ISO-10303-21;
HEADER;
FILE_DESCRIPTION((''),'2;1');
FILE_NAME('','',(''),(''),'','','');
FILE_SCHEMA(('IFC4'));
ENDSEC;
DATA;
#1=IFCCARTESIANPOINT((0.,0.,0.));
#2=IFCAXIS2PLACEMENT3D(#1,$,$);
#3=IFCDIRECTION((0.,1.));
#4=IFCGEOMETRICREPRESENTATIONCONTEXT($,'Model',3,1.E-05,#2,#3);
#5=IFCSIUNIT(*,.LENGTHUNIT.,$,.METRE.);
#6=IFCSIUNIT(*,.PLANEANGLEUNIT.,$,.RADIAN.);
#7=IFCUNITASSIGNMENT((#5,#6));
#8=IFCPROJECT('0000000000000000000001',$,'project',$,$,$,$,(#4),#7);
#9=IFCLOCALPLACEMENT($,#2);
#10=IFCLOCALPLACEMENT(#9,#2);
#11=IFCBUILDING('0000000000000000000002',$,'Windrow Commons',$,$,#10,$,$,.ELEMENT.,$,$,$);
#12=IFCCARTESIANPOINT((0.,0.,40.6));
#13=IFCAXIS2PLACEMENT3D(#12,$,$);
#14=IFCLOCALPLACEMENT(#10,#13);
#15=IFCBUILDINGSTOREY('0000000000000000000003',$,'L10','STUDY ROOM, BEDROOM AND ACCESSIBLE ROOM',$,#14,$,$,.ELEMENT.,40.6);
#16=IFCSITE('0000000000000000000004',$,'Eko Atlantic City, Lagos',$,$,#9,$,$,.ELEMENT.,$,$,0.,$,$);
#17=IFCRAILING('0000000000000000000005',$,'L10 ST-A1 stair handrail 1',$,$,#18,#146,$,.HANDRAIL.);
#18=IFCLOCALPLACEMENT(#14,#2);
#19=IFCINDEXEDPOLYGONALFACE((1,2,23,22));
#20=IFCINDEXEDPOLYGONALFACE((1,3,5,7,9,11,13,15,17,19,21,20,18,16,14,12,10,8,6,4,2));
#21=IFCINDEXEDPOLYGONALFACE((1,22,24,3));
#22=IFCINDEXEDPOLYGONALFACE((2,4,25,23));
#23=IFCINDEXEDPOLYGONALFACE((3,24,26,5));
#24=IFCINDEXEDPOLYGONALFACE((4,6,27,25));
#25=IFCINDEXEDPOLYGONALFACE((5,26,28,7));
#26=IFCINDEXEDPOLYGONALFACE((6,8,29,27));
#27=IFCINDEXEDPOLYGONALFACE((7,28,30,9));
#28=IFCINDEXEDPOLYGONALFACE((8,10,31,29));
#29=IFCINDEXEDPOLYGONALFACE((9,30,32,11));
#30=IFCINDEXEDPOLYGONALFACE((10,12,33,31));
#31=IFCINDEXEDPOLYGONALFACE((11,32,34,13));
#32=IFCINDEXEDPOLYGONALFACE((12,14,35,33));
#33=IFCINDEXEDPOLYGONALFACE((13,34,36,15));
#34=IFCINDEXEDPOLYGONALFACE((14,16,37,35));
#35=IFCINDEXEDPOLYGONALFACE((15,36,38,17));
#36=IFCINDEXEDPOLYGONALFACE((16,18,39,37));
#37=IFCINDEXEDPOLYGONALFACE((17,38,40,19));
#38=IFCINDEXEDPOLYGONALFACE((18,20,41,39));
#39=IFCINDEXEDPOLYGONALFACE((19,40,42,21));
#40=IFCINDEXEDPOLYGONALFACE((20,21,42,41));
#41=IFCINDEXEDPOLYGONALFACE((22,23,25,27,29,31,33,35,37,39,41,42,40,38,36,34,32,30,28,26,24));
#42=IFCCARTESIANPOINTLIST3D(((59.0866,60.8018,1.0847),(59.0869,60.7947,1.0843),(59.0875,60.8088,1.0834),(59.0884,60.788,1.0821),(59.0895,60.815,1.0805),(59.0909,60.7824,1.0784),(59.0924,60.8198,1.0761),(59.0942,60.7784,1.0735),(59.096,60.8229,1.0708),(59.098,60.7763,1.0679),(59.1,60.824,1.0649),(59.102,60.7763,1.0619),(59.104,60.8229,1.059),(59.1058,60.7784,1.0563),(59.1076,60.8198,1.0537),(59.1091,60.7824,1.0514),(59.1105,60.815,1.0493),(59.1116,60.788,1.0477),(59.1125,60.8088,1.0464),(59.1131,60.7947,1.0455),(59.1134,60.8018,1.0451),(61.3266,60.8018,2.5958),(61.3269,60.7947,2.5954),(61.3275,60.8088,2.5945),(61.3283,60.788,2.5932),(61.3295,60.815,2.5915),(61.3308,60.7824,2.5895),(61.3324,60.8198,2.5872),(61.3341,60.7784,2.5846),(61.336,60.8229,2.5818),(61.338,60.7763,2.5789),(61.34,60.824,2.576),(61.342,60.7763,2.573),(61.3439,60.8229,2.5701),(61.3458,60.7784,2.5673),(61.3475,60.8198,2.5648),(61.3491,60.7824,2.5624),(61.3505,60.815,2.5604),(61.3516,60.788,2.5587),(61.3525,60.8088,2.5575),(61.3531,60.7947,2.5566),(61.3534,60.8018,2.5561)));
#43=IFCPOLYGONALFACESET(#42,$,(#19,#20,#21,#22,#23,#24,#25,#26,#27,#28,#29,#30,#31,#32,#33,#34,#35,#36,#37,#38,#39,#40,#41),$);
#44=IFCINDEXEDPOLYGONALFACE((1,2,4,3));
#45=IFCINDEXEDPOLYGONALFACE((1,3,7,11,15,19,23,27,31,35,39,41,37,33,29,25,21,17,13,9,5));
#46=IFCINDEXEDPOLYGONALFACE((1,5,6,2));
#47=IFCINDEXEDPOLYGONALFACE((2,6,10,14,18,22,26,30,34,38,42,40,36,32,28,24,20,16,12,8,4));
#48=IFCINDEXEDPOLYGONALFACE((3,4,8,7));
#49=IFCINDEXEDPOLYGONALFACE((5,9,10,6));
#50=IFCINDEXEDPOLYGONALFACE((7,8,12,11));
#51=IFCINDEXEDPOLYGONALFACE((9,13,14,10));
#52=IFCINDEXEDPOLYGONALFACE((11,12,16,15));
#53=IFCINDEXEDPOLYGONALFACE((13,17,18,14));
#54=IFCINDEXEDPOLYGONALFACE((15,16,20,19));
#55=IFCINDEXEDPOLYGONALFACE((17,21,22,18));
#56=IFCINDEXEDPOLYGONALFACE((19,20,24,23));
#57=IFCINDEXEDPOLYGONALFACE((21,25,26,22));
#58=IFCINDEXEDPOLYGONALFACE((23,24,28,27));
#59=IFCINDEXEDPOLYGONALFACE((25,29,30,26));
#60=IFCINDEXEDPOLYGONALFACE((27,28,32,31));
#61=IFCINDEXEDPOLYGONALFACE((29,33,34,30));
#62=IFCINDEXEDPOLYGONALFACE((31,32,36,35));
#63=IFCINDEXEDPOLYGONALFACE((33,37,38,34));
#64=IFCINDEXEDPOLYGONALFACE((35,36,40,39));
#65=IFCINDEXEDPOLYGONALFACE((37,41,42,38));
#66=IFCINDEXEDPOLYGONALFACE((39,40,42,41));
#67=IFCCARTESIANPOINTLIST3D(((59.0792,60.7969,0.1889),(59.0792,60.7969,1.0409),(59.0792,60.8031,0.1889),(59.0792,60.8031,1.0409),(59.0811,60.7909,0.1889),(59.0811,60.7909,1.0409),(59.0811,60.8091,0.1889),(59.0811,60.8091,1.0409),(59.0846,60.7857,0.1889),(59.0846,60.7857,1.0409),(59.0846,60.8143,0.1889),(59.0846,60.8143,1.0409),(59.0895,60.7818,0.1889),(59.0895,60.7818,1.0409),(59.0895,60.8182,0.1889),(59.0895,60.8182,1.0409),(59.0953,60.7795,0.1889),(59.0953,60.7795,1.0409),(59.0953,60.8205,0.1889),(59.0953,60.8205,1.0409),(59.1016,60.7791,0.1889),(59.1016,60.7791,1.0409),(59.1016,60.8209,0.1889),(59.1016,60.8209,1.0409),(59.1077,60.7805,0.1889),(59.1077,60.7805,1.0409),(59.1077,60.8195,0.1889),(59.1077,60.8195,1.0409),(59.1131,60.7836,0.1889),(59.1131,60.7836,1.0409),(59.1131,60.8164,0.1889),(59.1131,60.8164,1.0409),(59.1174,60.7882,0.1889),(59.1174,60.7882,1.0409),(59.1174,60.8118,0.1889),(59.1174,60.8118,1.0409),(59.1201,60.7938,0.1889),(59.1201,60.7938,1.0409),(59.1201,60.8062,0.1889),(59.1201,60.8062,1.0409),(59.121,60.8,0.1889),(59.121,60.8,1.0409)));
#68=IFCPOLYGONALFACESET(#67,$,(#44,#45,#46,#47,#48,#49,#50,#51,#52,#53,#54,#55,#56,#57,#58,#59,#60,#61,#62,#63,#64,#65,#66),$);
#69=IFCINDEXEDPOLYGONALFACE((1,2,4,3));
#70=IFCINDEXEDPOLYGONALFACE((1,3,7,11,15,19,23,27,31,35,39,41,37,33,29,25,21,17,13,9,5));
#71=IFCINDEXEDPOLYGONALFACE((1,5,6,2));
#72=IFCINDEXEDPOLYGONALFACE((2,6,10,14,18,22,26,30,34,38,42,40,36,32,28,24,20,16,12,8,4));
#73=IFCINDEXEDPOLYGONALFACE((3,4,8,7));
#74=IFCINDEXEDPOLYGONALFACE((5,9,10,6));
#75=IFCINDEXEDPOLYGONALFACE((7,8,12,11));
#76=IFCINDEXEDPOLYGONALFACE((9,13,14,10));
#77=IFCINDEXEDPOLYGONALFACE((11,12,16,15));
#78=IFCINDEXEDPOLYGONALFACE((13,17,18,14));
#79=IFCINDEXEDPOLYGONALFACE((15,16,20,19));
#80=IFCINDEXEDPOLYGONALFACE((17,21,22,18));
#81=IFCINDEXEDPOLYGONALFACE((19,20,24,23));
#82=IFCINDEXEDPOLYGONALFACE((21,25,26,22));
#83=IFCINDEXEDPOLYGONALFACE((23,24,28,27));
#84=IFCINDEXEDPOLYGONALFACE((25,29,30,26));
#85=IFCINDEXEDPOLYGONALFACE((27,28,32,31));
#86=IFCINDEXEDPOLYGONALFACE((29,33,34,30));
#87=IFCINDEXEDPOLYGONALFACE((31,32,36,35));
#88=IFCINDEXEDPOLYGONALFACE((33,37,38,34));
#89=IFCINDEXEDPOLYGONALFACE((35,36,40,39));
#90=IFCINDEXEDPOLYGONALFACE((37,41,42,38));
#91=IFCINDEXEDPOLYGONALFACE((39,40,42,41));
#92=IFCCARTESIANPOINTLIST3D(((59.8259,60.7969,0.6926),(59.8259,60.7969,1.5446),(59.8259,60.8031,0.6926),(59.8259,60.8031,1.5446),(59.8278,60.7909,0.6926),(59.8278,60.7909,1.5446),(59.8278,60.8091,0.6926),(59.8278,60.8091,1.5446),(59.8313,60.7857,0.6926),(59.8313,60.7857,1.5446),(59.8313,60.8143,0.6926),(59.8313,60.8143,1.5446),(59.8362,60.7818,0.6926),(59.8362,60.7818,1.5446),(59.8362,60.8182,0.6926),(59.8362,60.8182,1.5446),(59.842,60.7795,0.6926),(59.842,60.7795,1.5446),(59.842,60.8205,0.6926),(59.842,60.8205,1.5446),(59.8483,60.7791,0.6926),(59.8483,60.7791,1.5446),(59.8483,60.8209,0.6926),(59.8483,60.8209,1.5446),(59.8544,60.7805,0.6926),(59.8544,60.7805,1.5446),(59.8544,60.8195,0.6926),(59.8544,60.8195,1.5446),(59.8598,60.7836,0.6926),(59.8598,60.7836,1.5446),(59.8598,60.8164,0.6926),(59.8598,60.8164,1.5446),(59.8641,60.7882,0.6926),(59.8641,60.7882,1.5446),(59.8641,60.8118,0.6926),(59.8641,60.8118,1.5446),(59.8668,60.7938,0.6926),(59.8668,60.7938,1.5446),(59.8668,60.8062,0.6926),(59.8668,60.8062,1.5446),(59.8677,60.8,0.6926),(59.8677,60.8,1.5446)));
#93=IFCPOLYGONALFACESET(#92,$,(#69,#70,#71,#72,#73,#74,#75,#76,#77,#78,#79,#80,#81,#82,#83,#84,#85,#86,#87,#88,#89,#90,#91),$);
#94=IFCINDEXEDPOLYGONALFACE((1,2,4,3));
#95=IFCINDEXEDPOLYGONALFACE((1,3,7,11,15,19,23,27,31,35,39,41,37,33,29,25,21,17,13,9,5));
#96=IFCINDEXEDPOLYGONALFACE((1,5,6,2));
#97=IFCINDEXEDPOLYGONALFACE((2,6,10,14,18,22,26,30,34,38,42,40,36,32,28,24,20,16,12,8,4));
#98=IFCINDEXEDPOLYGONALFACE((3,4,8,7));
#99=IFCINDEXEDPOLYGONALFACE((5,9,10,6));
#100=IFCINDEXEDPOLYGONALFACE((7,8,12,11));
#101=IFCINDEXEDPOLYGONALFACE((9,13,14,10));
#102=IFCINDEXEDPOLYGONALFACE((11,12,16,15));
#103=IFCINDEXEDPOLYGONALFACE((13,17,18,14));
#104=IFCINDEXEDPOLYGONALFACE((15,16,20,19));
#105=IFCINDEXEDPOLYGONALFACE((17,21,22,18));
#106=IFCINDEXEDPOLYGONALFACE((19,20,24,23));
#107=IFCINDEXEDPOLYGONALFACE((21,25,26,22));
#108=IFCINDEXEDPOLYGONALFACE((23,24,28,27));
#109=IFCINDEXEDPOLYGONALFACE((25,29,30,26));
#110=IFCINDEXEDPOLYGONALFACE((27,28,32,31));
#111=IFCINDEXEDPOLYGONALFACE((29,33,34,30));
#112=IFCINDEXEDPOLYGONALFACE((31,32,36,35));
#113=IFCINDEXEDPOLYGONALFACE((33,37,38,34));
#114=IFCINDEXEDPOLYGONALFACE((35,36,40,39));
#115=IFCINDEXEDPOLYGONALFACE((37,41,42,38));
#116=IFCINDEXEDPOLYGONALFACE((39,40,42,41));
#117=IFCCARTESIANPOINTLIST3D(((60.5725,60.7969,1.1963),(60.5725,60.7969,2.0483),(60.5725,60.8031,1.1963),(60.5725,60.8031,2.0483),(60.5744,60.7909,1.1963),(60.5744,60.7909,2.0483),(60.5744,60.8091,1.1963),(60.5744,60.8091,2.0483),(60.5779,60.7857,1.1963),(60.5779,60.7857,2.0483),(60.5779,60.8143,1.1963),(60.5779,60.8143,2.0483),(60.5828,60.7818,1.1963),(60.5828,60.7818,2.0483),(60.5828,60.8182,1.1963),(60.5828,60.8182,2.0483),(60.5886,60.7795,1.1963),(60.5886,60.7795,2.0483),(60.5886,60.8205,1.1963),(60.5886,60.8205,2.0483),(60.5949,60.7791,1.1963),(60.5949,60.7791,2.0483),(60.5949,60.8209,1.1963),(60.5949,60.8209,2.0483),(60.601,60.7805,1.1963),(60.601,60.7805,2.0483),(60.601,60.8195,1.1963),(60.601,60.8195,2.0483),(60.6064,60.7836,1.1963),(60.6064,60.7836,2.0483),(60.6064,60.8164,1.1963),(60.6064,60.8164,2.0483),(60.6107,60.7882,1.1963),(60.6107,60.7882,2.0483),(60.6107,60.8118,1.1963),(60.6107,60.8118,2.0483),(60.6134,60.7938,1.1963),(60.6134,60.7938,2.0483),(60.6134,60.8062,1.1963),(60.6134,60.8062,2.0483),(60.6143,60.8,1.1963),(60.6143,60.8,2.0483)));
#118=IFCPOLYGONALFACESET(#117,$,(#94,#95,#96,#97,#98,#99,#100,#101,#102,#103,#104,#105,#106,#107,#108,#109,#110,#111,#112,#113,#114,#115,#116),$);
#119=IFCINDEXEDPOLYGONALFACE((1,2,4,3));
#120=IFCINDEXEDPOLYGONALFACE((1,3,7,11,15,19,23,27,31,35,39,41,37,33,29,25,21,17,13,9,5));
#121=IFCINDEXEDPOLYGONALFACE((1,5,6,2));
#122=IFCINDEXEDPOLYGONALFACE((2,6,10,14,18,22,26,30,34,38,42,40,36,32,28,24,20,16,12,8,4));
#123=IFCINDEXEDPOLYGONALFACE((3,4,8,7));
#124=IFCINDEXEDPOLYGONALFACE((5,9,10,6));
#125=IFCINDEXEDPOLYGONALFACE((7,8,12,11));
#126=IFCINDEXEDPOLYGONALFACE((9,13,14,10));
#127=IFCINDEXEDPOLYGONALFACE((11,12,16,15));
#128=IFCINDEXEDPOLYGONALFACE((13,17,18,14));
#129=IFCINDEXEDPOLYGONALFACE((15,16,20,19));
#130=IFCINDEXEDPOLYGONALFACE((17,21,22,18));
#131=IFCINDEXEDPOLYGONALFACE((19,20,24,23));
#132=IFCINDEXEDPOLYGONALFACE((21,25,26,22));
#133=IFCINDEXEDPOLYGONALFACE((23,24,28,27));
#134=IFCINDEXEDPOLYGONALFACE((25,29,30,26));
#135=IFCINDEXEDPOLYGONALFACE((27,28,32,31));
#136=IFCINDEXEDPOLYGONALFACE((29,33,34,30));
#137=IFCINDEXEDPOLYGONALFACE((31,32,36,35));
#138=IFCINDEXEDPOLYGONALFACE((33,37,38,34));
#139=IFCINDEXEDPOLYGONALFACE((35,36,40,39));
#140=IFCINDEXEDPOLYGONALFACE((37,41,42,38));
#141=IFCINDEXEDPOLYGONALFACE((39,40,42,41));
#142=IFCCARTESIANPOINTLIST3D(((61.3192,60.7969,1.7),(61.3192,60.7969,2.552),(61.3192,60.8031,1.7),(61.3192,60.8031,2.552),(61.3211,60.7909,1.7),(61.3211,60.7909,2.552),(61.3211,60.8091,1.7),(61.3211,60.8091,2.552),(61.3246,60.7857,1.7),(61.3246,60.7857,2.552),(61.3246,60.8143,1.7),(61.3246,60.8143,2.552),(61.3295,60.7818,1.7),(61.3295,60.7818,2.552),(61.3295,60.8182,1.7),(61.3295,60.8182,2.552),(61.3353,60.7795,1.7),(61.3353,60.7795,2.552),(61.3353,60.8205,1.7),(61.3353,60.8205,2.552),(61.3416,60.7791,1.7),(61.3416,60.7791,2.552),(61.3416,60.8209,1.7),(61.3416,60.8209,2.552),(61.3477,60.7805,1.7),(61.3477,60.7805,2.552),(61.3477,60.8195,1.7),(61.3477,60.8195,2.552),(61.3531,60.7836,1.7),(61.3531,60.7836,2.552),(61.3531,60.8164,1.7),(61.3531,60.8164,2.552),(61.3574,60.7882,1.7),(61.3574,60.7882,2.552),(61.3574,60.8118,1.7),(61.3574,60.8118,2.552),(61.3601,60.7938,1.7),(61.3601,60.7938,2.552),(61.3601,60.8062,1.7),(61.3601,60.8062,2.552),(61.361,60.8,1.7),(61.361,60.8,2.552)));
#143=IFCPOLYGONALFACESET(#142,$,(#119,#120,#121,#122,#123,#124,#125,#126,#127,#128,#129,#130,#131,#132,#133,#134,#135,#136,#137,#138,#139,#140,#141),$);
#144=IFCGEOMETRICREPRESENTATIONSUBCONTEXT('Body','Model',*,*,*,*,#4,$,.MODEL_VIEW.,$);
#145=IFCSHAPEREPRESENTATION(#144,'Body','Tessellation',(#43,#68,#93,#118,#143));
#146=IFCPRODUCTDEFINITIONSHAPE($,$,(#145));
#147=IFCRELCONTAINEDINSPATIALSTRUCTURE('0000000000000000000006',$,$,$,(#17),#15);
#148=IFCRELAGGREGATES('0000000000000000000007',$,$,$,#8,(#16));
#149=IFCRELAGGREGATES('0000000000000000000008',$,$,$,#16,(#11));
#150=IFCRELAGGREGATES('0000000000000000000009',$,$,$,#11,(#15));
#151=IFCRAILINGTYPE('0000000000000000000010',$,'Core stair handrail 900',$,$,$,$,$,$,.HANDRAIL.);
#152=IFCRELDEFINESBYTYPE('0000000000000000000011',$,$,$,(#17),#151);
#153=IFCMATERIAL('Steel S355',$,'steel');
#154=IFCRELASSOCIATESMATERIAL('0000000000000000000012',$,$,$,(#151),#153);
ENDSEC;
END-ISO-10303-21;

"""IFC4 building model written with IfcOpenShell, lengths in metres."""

from ifc_helpers import new_model, si_unit, direction, frame, origin, origin_2d, place, context, subcontext, project, spatial, circle, extrude, material, type_object, element, save


model = new_model("IFC4")

# Units and contexts
model_context = context("Model", 3, precision=1e-05, world=origin(), true_north=direction((0.0, 1.0)))
body_context = subcontext(model_context, "Body", "Model", "MODEL_VIEW")
ifc_project = project(units=[si_unit("LENGTHUNIT", "METRE"), si_unit("PLANEANGLEUNIT", "RADIAN")], contexts=[model_context])

# Site, building, storey
site_placement = place(None, origin())
site = spatial("IfcSite", under=ifc_project, at=site_placement, Name="Eko Atlantic City, Lagos", CompositionType="ELEMENT", RefElevation=0.0)
building_placement = place(site_placement, origin())
building = spatial("IfcBuilding", under=site, at=building_placement, Name="Windrow Commons", CompositionType="ELEMENT")
storey_placement = place(building_placement, frame((0.0, 0.0, 40.6)))
storey = spatial("IfcBuildingStorey", under=building, at=storey_placement, Name="L10", Description="STUDY ROOM, BEDROOM AND ACCESSIBLE ROOM", CompositionType="ELEMENT", Elevation=40.6)

# Railing
ifc_material_1 = material(Name="Steel S355", Category="steel")
railing_type_1 = type_object("IfcRailingType", Name="Core stair handrail 900", PredefinedType="HANDRAIL", material=ifc_material_1)
railing_1_placement = place(storey_placement, frame((59.1, 60.8, 0.1889)))
element("IfcRailing", 1, at=railing_1_placement, inside=storey, type_object=railing_type_1, Name="L10 ST-A1 stair handrail 1", PredefinedType="HANDRAIL", context=body_context, shape_type="SweptSolid", body=[
    extrude(circle(Radius=0.024, at=origin_2d()), frame((0.0, 0.0, 0.876), z_axis=(0.829003, 0.0, 0.559244), x_axis=(0.0, 1.0, 0.0)), (0.0, 0.0, 1.0), 2.702),
    extrude(circle(Radius=0.021, at=origin_2d()), origin(), (0.0, 0.0, 1.0), 0.852),
    extrude(circle(Radius=0.021, at=origin_2d()), frame((0.7467, 0.0, 0.5037)), (0.0, 0.0, 1.0), 0.852),
    extrude(circle(Radius=0.021, at=origin_2d()), frame((1.4933, 0.0, 1.0074)), (0.0, 0.0, 1.0), 0.852),
    extrude(circle(Radius=0.021, at=origin_2d()), frame((2.24, 0.0, 1.5111)), (0.0, 0.0, 1.0), 0.852),
])

save(model, "model.ifc")
